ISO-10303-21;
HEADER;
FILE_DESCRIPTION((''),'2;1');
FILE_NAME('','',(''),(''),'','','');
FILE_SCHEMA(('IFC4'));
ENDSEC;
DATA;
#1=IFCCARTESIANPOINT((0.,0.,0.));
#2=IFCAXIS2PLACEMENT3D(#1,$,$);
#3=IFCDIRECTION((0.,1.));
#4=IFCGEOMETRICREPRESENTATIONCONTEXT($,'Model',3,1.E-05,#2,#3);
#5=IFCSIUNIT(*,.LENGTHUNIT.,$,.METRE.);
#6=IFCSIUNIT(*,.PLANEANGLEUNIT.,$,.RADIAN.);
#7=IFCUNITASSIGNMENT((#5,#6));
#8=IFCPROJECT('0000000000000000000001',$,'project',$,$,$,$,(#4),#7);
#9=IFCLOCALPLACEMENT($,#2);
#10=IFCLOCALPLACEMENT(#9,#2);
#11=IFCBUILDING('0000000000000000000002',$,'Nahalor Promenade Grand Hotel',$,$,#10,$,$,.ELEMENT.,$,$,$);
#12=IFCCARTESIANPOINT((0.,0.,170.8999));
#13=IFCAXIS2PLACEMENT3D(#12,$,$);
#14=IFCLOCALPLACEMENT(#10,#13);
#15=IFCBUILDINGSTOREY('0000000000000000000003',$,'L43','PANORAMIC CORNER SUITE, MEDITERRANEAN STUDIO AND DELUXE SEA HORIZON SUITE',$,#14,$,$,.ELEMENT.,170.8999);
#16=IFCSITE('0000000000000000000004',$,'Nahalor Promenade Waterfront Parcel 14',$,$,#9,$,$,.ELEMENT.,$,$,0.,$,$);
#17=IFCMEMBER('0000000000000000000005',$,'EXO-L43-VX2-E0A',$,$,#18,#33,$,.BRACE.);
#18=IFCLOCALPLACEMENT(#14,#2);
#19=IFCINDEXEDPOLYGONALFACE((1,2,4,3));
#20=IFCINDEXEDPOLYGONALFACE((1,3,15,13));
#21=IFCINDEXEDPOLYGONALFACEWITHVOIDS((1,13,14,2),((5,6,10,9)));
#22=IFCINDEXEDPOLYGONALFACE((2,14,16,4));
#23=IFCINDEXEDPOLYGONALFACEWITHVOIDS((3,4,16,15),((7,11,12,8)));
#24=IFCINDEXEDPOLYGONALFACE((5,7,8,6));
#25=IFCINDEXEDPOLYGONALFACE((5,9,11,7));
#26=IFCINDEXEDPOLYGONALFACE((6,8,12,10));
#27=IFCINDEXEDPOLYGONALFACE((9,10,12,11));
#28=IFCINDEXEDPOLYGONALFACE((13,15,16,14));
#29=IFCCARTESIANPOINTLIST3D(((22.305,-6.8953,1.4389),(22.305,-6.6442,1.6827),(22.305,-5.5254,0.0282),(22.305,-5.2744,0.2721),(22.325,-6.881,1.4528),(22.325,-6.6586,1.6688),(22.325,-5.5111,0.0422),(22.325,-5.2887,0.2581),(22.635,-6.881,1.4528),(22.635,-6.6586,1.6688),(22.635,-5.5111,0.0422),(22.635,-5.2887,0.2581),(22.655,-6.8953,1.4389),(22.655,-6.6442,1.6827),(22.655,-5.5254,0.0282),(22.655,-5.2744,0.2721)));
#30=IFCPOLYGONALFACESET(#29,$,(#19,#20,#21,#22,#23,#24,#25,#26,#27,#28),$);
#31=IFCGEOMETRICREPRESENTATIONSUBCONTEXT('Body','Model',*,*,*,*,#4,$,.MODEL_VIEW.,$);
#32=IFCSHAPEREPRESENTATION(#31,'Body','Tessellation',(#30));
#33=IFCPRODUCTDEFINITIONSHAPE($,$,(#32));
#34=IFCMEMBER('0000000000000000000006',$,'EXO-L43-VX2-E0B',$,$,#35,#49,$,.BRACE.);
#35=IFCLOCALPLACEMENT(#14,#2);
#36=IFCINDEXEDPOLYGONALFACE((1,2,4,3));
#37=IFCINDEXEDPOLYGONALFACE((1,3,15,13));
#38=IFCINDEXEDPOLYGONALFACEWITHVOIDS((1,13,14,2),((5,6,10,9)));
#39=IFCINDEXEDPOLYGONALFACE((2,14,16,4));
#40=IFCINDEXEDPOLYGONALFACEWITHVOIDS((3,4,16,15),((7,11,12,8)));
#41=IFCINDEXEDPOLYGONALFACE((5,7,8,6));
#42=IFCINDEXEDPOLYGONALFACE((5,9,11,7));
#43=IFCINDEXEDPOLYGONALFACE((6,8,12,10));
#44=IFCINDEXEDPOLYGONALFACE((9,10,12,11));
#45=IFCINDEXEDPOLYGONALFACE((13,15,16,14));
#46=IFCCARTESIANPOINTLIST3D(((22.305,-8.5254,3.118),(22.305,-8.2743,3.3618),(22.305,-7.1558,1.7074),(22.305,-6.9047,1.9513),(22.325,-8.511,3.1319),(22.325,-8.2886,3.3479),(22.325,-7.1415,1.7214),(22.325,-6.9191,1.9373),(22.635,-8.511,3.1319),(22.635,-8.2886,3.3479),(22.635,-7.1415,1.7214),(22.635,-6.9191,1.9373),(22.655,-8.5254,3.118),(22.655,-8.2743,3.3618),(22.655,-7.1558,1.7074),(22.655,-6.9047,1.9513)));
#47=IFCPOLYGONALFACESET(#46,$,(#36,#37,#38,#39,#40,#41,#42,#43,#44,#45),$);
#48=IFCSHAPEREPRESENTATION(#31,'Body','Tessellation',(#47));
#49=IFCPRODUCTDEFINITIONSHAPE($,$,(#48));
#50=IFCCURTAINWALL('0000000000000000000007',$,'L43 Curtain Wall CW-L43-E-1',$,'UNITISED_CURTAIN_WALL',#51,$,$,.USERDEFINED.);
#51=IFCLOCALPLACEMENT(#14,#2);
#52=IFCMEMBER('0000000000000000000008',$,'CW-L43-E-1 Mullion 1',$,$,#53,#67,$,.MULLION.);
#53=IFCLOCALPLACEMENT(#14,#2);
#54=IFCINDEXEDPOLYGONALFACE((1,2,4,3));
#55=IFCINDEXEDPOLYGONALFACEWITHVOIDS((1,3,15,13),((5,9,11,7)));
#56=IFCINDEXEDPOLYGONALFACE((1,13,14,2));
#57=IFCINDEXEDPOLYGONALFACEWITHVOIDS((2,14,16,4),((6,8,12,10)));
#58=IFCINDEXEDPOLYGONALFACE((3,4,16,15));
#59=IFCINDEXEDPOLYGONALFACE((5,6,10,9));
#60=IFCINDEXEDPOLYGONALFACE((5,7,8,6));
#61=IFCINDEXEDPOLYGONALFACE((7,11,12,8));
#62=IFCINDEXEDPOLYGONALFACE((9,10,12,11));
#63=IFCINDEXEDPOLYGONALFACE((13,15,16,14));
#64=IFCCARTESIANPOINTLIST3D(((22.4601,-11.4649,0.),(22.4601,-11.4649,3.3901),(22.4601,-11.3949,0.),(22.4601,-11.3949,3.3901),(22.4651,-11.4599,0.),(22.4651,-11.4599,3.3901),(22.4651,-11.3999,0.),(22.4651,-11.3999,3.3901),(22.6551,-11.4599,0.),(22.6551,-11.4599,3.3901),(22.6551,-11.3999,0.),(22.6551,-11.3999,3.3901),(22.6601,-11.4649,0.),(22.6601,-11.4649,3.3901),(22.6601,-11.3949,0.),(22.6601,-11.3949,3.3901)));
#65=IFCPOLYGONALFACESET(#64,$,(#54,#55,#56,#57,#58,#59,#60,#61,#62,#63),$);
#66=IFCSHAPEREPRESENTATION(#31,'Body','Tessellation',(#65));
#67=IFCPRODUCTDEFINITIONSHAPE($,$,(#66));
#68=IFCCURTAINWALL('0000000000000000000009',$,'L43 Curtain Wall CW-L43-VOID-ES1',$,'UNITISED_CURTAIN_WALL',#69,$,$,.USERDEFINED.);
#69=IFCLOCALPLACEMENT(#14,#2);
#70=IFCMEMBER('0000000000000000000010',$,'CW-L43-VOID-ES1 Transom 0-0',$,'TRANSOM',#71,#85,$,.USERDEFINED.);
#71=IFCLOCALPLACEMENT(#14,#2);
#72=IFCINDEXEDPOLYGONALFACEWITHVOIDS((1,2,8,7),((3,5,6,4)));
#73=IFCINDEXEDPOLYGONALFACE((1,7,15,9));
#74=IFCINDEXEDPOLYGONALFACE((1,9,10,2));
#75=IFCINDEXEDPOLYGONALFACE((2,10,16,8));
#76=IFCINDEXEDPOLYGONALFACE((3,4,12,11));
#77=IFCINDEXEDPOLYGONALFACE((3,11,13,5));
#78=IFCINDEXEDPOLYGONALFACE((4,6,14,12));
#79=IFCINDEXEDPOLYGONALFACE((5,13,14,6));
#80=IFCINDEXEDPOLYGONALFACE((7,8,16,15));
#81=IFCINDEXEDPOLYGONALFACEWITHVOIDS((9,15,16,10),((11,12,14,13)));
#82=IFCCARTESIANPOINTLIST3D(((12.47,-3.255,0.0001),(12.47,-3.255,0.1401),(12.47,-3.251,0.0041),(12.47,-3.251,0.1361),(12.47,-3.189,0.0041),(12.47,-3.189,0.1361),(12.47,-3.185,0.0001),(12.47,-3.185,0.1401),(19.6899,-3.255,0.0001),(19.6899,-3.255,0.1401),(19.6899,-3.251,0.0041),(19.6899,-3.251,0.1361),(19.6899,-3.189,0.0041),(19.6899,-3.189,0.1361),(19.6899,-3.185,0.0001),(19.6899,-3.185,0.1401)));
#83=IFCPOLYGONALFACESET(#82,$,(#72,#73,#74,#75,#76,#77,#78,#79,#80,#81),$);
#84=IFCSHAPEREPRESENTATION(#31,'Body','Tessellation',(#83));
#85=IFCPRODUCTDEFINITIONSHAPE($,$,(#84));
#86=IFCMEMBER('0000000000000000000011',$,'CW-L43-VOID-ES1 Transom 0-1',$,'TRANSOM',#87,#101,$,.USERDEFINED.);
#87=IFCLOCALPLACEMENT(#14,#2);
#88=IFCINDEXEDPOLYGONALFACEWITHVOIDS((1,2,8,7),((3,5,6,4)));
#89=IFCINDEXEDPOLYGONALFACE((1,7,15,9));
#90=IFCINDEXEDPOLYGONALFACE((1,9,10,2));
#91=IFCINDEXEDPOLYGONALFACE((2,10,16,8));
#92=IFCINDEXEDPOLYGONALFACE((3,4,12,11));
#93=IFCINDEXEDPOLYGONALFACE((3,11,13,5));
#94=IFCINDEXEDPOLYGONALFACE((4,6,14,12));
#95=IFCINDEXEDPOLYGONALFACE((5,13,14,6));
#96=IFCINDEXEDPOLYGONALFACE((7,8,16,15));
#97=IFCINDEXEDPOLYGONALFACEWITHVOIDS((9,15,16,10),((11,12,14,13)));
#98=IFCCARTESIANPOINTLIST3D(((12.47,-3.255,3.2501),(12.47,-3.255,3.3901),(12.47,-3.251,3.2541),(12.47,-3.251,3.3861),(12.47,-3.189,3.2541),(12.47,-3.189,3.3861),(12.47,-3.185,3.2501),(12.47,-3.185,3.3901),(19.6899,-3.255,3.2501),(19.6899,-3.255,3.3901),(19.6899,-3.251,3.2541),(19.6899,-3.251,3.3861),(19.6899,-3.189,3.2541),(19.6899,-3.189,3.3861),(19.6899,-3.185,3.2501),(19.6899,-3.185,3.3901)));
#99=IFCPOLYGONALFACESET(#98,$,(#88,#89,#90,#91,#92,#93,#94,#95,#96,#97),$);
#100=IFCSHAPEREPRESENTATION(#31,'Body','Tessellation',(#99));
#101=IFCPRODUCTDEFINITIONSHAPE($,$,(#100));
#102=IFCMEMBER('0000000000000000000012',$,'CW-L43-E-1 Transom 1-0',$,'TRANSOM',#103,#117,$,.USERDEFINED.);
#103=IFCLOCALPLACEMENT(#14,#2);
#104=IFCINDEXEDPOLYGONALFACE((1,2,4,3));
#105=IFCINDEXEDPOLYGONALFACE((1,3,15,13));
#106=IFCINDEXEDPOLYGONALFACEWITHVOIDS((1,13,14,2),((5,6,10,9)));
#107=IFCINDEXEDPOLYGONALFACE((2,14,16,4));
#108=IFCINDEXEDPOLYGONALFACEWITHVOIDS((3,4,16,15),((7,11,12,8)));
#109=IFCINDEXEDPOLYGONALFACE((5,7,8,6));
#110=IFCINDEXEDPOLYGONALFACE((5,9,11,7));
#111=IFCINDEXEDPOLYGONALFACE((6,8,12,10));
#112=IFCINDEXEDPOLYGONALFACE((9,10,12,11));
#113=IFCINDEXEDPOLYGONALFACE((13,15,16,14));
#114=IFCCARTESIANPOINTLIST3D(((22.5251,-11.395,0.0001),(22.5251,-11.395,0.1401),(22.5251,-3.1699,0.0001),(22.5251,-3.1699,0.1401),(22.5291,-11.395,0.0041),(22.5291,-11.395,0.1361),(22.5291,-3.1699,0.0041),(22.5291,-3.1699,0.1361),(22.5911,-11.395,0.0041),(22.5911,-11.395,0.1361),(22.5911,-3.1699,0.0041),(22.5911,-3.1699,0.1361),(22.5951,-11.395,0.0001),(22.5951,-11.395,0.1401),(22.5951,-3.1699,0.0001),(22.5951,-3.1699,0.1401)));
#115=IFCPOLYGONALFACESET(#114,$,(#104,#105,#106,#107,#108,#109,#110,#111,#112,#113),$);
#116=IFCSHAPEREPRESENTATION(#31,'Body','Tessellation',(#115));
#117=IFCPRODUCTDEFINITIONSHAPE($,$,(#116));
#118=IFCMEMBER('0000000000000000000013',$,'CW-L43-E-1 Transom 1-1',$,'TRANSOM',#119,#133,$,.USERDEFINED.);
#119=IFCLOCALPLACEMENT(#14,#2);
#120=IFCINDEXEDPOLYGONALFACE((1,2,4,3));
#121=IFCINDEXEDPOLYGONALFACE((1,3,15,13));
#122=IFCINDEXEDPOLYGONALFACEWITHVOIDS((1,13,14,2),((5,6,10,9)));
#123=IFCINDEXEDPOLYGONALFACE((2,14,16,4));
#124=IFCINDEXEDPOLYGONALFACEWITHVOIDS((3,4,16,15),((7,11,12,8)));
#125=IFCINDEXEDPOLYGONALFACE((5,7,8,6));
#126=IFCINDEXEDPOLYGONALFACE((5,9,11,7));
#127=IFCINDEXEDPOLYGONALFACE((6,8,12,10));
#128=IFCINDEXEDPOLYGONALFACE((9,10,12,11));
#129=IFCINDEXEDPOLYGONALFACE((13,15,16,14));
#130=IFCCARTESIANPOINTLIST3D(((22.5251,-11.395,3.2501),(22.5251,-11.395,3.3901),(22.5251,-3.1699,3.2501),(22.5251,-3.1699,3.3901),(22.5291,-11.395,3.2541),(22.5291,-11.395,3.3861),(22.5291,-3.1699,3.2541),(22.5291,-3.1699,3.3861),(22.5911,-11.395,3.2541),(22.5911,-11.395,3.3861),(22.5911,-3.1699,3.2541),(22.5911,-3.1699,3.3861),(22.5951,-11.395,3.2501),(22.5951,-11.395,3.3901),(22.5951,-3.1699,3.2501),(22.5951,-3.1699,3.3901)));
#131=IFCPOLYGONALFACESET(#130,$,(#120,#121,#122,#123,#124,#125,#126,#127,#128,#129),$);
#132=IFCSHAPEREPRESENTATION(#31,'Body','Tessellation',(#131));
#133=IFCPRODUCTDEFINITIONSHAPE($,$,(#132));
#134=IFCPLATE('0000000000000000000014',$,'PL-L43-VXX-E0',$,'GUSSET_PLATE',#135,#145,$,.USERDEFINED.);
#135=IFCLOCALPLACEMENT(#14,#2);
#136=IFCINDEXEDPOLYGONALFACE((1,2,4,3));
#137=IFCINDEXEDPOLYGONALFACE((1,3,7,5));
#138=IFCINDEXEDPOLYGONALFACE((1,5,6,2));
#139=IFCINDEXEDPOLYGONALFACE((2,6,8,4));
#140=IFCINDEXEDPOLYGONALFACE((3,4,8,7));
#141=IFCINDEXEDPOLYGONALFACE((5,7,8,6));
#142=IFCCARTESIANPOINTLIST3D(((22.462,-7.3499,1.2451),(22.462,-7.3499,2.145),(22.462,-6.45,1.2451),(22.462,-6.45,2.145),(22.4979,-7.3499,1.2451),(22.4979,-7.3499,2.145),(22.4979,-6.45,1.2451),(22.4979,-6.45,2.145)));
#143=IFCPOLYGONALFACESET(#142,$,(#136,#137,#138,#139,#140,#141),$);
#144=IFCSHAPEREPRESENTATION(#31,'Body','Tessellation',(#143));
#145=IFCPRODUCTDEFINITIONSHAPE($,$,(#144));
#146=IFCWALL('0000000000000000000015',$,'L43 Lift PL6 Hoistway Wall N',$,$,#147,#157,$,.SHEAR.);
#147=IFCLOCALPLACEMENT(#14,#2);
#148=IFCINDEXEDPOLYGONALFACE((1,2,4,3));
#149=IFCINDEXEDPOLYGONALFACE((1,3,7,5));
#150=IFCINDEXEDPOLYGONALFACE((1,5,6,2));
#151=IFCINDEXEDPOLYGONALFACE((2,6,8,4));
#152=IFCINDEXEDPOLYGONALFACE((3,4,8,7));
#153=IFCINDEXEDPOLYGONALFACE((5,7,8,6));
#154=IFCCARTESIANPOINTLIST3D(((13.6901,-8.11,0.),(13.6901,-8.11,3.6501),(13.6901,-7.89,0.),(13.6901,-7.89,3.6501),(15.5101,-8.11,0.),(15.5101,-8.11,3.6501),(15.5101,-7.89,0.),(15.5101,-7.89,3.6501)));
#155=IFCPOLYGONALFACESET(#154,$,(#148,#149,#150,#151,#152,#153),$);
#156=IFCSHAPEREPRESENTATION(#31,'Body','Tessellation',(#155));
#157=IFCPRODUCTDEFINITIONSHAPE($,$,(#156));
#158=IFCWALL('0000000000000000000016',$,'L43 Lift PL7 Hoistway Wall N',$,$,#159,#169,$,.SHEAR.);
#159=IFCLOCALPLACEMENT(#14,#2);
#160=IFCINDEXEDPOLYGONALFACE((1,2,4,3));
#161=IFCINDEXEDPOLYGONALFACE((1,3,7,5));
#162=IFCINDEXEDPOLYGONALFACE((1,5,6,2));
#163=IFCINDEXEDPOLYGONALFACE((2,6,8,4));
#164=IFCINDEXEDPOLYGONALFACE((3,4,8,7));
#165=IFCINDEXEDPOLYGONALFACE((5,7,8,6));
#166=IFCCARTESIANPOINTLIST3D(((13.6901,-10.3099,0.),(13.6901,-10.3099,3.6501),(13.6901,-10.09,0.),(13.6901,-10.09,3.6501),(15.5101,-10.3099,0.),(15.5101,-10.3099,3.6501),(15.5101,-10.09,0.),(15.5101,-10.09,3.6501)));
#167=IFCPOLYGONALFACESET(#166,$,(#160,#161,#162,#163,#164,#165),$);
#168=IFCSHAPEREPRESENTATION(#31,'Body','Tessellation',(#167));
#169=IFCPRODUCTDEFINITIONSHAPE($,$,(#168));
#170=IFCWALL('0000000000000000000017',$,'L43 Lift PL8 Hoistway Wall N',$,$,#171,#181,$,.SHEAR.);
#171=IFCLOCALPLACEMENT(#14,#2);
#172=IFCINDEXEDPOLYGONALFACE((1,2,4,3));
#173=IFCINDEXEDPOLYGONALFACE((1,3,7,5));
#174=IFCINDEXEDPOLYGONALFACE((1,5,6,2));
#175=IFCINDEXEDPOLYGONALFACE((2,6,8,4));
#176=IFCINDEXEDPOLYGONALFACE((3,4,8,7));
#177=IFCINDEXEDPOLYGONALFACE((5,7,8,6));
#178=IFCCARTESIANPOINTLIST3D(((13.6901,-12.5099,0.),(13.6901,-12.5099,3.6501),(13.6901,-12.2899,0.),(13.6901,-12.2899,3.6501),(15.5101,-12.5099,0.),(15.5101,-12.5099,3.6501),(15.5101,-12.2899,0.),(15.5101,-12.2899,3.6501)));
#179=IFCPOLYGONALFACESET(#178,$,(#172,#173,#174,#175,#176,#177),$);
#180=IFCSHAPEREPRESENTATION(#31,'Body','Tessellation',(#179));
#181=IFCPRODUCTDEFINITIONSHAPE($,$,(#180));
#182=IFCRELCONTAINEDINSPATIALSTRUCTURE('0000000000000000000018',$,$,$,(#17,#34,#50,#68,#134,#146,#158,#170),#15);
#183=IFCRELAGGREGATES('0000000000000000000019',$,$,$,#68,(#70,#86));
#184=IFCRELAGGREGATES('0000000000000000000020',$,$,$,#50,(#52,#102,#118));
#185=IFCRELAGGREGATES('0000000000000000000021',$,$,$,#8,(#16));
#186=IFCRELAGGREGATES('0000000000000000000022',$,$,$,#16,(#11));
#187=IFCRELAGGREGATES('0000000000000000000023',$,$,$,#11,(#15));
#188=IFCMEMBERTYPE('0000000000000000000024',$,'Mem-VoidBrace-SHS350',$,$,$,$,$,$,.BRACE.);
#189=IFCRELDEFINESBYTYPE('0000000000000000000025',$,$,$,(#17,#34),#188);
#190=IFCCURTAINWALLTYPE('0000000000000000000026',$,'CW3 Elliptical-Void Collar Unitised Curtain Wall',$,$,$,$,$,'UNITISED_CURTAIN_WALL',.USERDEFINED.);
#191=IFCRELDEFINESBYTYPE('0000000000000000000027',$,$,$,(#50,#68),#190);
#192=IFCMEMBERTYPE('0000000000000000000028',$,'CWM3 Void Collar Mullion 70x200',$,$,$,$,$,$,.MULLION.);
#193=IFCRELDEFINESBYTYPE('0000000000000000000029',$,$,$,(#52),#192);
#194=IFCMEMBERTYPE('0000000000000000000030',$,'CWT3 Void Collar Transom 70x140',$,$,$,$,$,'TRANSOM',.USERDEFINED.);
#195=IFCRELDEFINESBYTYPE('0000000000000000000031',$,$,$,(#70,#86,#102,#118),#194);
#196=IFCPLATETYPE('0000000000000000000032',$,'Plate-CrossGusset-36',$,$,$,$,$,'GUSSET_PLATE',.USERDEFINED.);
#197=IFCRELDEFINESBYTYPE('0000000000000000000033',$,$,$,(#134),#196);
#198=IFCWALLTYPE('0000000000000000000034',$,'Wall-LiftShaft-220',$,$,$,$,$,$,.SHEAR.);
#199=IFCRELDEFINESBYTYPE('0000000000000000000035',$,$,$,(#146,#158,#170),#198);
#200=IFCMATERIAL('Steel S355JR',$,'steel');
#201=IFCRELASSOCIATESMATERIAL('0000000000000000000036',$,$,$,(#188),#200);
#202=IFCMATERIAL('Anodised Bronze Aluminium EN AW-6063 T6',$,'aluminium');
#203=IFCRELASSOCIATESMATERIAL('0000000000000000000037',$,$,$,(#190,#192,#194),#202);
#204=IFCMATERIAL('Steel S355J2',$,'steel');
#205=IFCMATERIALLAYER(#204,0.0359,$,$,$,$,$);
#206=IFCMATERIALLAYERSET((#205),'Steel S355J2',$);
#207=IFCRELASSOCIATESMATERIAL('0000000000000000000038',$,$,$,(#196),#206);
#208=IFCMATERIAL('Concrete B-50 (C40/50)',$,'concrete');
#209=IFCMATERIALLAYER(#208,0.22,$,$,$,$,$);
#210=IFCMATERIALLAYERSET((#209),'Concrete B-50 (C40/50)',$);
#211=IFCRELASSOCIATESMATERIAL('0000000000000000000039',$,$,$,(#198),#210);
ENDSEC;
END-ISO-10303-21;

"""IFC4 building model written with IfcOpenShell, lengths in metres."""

from ifc_helpers import new_model, si_unit, direction, frame, frame_2d, origin, origin_2d, place, context, subcontext, project, spatial, rectangle, hollow_rectangle, extrude, source, transform, mapped, material, layer, layer_set, material_profile, profile_set, type_object, element, aggregate, save


model = new_model("IFC4")

# Units and contexts
model_context = context("Model", 3, precision=1e-05, world=origin(), true_north=direction((0.0, 1.0)))
body_context = subcontext(model_context, "Body", "Model", "MODEL_VIEW")
ifc_project = project(units=[si_unit("LENGTHUNIT", "METRE"), si_unit("PLANEANGLEUNIT", "RADIAN")], contexts=[model_context])

# Site, building, storey
site_placement = place(None, origin())
site = spatial("IfcSite", under=ifc_project, at=site_placement, Name="Nahalor Promenade Waterfront Parcel 14", CompositionType="ELEMENT", RefElevation=0.0)
building_placement = place(site_placement, origin())
building = spatial("IfcBuilding", under=site, at=building_placement, Name="Nahalor Promenade Grand Hotel", CompositionType="ELEMENT")
storey_placement = place(building_placement, frame((0.0, 0.0, 170.8999)))
storey = spatial("IfcBuildingStorey", under=building, at=storey_placement, Name="L43", Description="PANORAMIC CORNER SUITE, MEDITERRANEAN STUDIO AND DELUXE SEA HORIZON SUITE", CompositionType="ELEMENT", Elevation=170.8999)

# Shared definitions
ifc_material_1 = material(Name="Steel S355J2", Category="steel")

# Shared definitions
ifc_material_2 = material(Name="Steel S355JR", Category="steel")

# Members
ifc_material_profile_1 = material_profile(ifc_material_2, hollow_rectangle(XDim=0.35, YDim=0.35, WallThickness=0.02, at=origin_2d()), Name="SHS 350x350x20")
ifc_profile_set_1 = profile_set([ifc_material_profile_1], Name="Steel S355JR")
member_type_1 = type_object("IfcMemberType", Name="Mem-VoidBrace-SHS350", PredefinedType="BRACE", material=ifc_profile_set_1)
shared_shape_1 = source(origin(), body_context, "Body", "SweptSolid", [
    extrude(hollow_rectangle(XDim=0.35, YDim=0.35, WallThickness=0.02, at=origin_2d()), origin(), (0.0, 0.0, 1.0), 1.9663),
])
member_1_placement = place(storey_placement, frame((22.48, -5.3999, 0.1501), z_axis=(0.0, -0.696663, 0.717398), x_axis=(1.0, 0.0, 0.0)))
element("IfcMember", 1, at=member_1_placement, inside=storey, type_object=member_type_1, Name="EXO-L43-VX2-E0A", PredefinedType="BRACE", context=body_context, shape_type="MappedRepresentation", body=[
    mapped(shared_shape_1, transform((0.0, 0.0, 0.0), scale=1.0)),
])
shared_shape_2 = source(origin(), body_context, "Body", "SweptSolid", [
    extrude(hollow_rectangle(XDim=0.35, YDim=0.35, WallThickness=0.02, at=origin_2d()), origin(), (0.0, 0.0, 1.0), 1.9661),
])
member_2_placement = place(storey_placement, frame((22.48, -7.0303, 1.8293), z_axis=(0.0, -0.696599, 0.71746), x_axis=(1.0, 0.0, 0.0)))
element("IfcMember", 2, at=member_2_placement, inside=storey, type_object=member_type_1, Name="EXO-L43-VX2-E0B", PredefinedType="BRACE", context=body_context, shape_type="MappedRepresentation", body=[
    mapped(shared_shape_2, transform((0.0, 0.0, 0.0), scale=1.0)),
])

# Curtain wall, member
ifc_material_3 = material(Name="Anodised Bronze Aluminium EN AW-6063 T6", Category="aluminium")
curtain_wall_type = type_object("IfcCurtainWallType", Name="CW3 Elliptical-Void Collar Unitised Curtain Wall", ElementType="UNITISED_CURTAIN_WALL", PredefinedType="USERDEFINED", material=ifc_material_3)
curtain_wall_1_placement = place(storey_placement, origin())
curtain_wall_1 = element("IfcCurtainWall", 3, at=curtain_wall_1_placement, inside=storey, type_object=curtain_wall_type, Name="L43 Curtain Wall CW-L43-E-1", ObjectType="UNITISED_CURTAIN_WALL", PredefinedType="USERDEFINED")
ifc_material_profile_2 = material_profile(ifc_material_3, hollow_rectangle(XDim=0.07, YDim=0.2, WallThickness=0.005, at=origin_2d()), Name="CWM 70x200x5")
ifc_profile_set_2 = profile_set([ifc_material_profile_2], Name="Anodised Bronze Aluminium EN AW-6063 T6")
member_type_2 = type_object("IfcMemberType", Name="CWM3 Void Collar Mullion 70x200", PredefinedType="MULLION", material=ifc_profile_set_2)
shared_shape_3 = source(origin(), body_context, "Body", "SweptSolid", [
    extrude(hollow_rectangle(XDim=0.07, YDim=0.2, WallThickness=0.005, at=origin_2d()), origin(), (0.0, 0.0, 1.0), 3.3901),
])
member_3_placement = place(storey_placement, frame((22.5601, -11.4299, 0.0), z_axis=(0.0, 0.0, 1.0), x_axis=(0.0, 1.0, 0.0)))
member_3 = element("IfcMember", 4, at=member_3_placement, type_object=member_type_2, Name="CW-L43-E-1 Mullion 1", PredefinedType="MULLION", context=body_context, shape_type="MappedRepresentation", body=[
    mapped(shared_shape_3, transform((0.0, 0.0, 0.0), scale=1.0)),
])

# Curtain wall, members
curtain_wall_2_placement = place(storey_placement, origin())
curtain_wall_2 = element("IfcCurtainWall", 5, at=curtain_wall_2_placement, inside=storey, type_object=curtain_wall_type, Name="L43 Curtain Wall CW-L43-VOID-ES1", ObjectType="UNITISED_CURTAIN_WALL", PredefinedType="USERDEFINED")
ifc_material_profile_3 = material_profile(ifc_material_3, hollow_rectangle(XDim=0.07, YDim=0.14, WallThickness=0.004, at=origin_2d()), Name="CWT 70x140x4")
ifc_profile_set_3 = profile_set([ifc_material_profile_3], Name="Anodised Bronze Aluminium EN AW-6063 T6")
member_type_3 = type_object("IfcMemberType", Name="CWT3 Void Collar Transom 70x140", ElementType="TRANSOM", PredefinedType="USERDEFINED", material=ifc_profile_set_3)
shared_shape_4 = source(origin(), body_context, "Body", "SweptSolid", [
    extrude(hollow_rectangle(XDim=0.07, YDim=0.14, WallThickness=0.004, at=origin_2d()), origin(), (0.0, 0.0, 1.0), 7.22),
])
member_4_placement = place(storey_placement, frame((12.47, -3.22, 0.0701), z_axis=(1.0, 0.0, 0.0), x_axis=(0.0, 1.0, 0.0)))
member_4 = element("IfcMember", 6, at=member_4_placement, type_object=member_type_3, Name="CW-L43-VOID-ES1 Transom 0-0", ObjectType="TRANSOM", PredefinedType="USERDEFINED", context=body_context, shape_type="MappedRepresentation", body=[
    mapped(shared_shape_4, transform((0.0, 0.0, 0.0), scale=1.0)),
])
member_5_placement = place(storey_placement, frame((12.47, -3.22, 3.3201), z_axis=(1.0, 0.0, 0.0), x_axis=(0.0, 1.0, 0.0)))
member_5 = element("IfcMember", 7, at=member_5_placement, type_object=member_type_3, Name="CW-L43-VOID-ES1 Transom 0-1", ObjectType="TRANSOM", PredefinedType="USERDEFINED", context=body_context, shape_type="MappedRepresentation", body=[
    mapped(shared_shape_4, transform((0.0, 0.0, 0.0), scale=1.0)),
])
aggregate(curtain_wall_2, [member_4, member_5])

# Members
shared_shape_5 = source(origin(), body_context, "Body", "SweptSolid", [
    extrude(hollow_rectangle(XDim=0.07, YDim=0.14, WallThickness=0.004, at=origin_2d()), origin(), (0.0, 0.0, 1.0), 8.2251),
])
member_6_placement = place(storey_placement, frame((22.5601, -11.395, 0.0701), z_axis=(0.0, 1.0, 0.0), x_axis=(-1.0, 0.0, 0.0)))
member_6 = element("IfcMember", 8, at=member_6_placement, type_object=member_type_3, Name="CW-L43-E-1 Transom 1-0", ObjectType="TRANSOM", PredefinedType="USERDEFINED", context=body_context, shape_type="MappedRepresentation", body=[
    mapped(shared_shape_5, transform((0.0, 0.0, 0.0), scale=1.0)),
])
member_7_placement = place(storey_placement, frame((22.5601, -11.395, 3.3201), z_axis=(0.0, 1.0, 0.0), x_axis=(-1.0, 0.0, 0.0)))
member_7 = element("IfcMember", 9, at=member_7_placement, type_object=member_type_3, Name="CW-L43-E-1 Transom 1-1", ObjectType="TRANSOM", PredefinedType="USERDEFINED", context=body_context, shape_type="MappedRepresentation", body=[
    mapped(shared_shape_5, transform((0.0, 0.0, 0.0), scale=1.0)),
])

# Plate
aggregate(curtain_wall_1, [member_3, member_6, member_7])
ifc_layer_1 = layer(ifc_material_1, 0.0359)
ifc_layer_set_1 = layer_set([ifc_layer_1], Name="Steel S355J2")
plate_type_1 = type_object("IfcPlateType", Name="Plate-CrossGusset-36", ElementType="GUSSET_PLATE", PredefinedType="USERDEFINED", material=ifc_layer_set_1)
shared_shape_6 = source(origin(), body_context, "Body", "SweptSolid", [
    extrude(rectangle(XDim=0.8999, YDim=0.0359, at=origin_2d()), origin(), (0.0, 0.0, 1.0), 0.8999),
])
plate_1_placement = place(storey_placement, frame((22.48, -6.8999, 1.2451), z_axis=(0.0, 0.0, 1.0), x_axis=(0.0, 1.0, 0.0)))
element("IfcPlate", 10, at=plate_1_placement, inside=storey, type_object=plate_type_1, Name="PL-L43-VXX-E0", ObjectType="GUSSET_PLATE", PredefinedType="USERDEFINED", context=body_context, shape_type="MappedRepresentation", body=[
    mapped(shared_shape_6, transform((0.0, 0.0, 0.0), scale=1.0)),
])

# Walls
ifc_material_4 = material(Name="Concrete B-50 (C40/50)", Category="concrete")
ifc_layer_2 = layer(ifc_material_4, 0.22)
ifc_layer_set_2 = layer_set([ifc_layer_2], Name="Concrete B-50 (C40/50)")
wall_type_1 = type_object("IfcWallType", Name="Wall-LiftShaft-220", PredefinedType="SHEAR", material=ifc_layer_set_2)
shared_shape_7 = source(origin(), body_context, "Body", "SweptSolid", [
    extrude(rectangle(XDim=1.8201, YDim=0.22, at=frame_2d((0.9102, 0.0))), origin(), (0.0, 0.0, 1.0), 3.6501),
])
for number, where, z_axis, x_axis, name in (
    (11, (13.6899, -8.0, 0.0), (0.0, 0.0, 1.0), (1.0, 0.0, 0.0), "L43 Lift PL6 Hoistway Wall N"),
    (12, (13.6899, -10.2, 0.0), (0.0, 0.0, 1.0), (1.0, 0.0, 0.0), "L43 Lift PL7 Hoistway Wall N"),
    (13, (13.6899, -12.3999, 0.0), (0.0, 0.0, 1.0), (1.0, 0.0, 0.0), "L43 Lift PL8 Hoistway Wall N"),
):
    element("IfcWall", number, at=place(storey_placement, frame(where, z_axis=z_axis, x_axis=x_axis)), inside=storey, type_object=wall_type_1, Name=name, PredefinedType="SHEAR", context=body_context, shape_type="MappedRepresentation", body=[
        mapped(shared_shape_7, transform((0.0, 0.0, 0.0), scale=1.0)),
    ])

save(model, "model.ifc")
